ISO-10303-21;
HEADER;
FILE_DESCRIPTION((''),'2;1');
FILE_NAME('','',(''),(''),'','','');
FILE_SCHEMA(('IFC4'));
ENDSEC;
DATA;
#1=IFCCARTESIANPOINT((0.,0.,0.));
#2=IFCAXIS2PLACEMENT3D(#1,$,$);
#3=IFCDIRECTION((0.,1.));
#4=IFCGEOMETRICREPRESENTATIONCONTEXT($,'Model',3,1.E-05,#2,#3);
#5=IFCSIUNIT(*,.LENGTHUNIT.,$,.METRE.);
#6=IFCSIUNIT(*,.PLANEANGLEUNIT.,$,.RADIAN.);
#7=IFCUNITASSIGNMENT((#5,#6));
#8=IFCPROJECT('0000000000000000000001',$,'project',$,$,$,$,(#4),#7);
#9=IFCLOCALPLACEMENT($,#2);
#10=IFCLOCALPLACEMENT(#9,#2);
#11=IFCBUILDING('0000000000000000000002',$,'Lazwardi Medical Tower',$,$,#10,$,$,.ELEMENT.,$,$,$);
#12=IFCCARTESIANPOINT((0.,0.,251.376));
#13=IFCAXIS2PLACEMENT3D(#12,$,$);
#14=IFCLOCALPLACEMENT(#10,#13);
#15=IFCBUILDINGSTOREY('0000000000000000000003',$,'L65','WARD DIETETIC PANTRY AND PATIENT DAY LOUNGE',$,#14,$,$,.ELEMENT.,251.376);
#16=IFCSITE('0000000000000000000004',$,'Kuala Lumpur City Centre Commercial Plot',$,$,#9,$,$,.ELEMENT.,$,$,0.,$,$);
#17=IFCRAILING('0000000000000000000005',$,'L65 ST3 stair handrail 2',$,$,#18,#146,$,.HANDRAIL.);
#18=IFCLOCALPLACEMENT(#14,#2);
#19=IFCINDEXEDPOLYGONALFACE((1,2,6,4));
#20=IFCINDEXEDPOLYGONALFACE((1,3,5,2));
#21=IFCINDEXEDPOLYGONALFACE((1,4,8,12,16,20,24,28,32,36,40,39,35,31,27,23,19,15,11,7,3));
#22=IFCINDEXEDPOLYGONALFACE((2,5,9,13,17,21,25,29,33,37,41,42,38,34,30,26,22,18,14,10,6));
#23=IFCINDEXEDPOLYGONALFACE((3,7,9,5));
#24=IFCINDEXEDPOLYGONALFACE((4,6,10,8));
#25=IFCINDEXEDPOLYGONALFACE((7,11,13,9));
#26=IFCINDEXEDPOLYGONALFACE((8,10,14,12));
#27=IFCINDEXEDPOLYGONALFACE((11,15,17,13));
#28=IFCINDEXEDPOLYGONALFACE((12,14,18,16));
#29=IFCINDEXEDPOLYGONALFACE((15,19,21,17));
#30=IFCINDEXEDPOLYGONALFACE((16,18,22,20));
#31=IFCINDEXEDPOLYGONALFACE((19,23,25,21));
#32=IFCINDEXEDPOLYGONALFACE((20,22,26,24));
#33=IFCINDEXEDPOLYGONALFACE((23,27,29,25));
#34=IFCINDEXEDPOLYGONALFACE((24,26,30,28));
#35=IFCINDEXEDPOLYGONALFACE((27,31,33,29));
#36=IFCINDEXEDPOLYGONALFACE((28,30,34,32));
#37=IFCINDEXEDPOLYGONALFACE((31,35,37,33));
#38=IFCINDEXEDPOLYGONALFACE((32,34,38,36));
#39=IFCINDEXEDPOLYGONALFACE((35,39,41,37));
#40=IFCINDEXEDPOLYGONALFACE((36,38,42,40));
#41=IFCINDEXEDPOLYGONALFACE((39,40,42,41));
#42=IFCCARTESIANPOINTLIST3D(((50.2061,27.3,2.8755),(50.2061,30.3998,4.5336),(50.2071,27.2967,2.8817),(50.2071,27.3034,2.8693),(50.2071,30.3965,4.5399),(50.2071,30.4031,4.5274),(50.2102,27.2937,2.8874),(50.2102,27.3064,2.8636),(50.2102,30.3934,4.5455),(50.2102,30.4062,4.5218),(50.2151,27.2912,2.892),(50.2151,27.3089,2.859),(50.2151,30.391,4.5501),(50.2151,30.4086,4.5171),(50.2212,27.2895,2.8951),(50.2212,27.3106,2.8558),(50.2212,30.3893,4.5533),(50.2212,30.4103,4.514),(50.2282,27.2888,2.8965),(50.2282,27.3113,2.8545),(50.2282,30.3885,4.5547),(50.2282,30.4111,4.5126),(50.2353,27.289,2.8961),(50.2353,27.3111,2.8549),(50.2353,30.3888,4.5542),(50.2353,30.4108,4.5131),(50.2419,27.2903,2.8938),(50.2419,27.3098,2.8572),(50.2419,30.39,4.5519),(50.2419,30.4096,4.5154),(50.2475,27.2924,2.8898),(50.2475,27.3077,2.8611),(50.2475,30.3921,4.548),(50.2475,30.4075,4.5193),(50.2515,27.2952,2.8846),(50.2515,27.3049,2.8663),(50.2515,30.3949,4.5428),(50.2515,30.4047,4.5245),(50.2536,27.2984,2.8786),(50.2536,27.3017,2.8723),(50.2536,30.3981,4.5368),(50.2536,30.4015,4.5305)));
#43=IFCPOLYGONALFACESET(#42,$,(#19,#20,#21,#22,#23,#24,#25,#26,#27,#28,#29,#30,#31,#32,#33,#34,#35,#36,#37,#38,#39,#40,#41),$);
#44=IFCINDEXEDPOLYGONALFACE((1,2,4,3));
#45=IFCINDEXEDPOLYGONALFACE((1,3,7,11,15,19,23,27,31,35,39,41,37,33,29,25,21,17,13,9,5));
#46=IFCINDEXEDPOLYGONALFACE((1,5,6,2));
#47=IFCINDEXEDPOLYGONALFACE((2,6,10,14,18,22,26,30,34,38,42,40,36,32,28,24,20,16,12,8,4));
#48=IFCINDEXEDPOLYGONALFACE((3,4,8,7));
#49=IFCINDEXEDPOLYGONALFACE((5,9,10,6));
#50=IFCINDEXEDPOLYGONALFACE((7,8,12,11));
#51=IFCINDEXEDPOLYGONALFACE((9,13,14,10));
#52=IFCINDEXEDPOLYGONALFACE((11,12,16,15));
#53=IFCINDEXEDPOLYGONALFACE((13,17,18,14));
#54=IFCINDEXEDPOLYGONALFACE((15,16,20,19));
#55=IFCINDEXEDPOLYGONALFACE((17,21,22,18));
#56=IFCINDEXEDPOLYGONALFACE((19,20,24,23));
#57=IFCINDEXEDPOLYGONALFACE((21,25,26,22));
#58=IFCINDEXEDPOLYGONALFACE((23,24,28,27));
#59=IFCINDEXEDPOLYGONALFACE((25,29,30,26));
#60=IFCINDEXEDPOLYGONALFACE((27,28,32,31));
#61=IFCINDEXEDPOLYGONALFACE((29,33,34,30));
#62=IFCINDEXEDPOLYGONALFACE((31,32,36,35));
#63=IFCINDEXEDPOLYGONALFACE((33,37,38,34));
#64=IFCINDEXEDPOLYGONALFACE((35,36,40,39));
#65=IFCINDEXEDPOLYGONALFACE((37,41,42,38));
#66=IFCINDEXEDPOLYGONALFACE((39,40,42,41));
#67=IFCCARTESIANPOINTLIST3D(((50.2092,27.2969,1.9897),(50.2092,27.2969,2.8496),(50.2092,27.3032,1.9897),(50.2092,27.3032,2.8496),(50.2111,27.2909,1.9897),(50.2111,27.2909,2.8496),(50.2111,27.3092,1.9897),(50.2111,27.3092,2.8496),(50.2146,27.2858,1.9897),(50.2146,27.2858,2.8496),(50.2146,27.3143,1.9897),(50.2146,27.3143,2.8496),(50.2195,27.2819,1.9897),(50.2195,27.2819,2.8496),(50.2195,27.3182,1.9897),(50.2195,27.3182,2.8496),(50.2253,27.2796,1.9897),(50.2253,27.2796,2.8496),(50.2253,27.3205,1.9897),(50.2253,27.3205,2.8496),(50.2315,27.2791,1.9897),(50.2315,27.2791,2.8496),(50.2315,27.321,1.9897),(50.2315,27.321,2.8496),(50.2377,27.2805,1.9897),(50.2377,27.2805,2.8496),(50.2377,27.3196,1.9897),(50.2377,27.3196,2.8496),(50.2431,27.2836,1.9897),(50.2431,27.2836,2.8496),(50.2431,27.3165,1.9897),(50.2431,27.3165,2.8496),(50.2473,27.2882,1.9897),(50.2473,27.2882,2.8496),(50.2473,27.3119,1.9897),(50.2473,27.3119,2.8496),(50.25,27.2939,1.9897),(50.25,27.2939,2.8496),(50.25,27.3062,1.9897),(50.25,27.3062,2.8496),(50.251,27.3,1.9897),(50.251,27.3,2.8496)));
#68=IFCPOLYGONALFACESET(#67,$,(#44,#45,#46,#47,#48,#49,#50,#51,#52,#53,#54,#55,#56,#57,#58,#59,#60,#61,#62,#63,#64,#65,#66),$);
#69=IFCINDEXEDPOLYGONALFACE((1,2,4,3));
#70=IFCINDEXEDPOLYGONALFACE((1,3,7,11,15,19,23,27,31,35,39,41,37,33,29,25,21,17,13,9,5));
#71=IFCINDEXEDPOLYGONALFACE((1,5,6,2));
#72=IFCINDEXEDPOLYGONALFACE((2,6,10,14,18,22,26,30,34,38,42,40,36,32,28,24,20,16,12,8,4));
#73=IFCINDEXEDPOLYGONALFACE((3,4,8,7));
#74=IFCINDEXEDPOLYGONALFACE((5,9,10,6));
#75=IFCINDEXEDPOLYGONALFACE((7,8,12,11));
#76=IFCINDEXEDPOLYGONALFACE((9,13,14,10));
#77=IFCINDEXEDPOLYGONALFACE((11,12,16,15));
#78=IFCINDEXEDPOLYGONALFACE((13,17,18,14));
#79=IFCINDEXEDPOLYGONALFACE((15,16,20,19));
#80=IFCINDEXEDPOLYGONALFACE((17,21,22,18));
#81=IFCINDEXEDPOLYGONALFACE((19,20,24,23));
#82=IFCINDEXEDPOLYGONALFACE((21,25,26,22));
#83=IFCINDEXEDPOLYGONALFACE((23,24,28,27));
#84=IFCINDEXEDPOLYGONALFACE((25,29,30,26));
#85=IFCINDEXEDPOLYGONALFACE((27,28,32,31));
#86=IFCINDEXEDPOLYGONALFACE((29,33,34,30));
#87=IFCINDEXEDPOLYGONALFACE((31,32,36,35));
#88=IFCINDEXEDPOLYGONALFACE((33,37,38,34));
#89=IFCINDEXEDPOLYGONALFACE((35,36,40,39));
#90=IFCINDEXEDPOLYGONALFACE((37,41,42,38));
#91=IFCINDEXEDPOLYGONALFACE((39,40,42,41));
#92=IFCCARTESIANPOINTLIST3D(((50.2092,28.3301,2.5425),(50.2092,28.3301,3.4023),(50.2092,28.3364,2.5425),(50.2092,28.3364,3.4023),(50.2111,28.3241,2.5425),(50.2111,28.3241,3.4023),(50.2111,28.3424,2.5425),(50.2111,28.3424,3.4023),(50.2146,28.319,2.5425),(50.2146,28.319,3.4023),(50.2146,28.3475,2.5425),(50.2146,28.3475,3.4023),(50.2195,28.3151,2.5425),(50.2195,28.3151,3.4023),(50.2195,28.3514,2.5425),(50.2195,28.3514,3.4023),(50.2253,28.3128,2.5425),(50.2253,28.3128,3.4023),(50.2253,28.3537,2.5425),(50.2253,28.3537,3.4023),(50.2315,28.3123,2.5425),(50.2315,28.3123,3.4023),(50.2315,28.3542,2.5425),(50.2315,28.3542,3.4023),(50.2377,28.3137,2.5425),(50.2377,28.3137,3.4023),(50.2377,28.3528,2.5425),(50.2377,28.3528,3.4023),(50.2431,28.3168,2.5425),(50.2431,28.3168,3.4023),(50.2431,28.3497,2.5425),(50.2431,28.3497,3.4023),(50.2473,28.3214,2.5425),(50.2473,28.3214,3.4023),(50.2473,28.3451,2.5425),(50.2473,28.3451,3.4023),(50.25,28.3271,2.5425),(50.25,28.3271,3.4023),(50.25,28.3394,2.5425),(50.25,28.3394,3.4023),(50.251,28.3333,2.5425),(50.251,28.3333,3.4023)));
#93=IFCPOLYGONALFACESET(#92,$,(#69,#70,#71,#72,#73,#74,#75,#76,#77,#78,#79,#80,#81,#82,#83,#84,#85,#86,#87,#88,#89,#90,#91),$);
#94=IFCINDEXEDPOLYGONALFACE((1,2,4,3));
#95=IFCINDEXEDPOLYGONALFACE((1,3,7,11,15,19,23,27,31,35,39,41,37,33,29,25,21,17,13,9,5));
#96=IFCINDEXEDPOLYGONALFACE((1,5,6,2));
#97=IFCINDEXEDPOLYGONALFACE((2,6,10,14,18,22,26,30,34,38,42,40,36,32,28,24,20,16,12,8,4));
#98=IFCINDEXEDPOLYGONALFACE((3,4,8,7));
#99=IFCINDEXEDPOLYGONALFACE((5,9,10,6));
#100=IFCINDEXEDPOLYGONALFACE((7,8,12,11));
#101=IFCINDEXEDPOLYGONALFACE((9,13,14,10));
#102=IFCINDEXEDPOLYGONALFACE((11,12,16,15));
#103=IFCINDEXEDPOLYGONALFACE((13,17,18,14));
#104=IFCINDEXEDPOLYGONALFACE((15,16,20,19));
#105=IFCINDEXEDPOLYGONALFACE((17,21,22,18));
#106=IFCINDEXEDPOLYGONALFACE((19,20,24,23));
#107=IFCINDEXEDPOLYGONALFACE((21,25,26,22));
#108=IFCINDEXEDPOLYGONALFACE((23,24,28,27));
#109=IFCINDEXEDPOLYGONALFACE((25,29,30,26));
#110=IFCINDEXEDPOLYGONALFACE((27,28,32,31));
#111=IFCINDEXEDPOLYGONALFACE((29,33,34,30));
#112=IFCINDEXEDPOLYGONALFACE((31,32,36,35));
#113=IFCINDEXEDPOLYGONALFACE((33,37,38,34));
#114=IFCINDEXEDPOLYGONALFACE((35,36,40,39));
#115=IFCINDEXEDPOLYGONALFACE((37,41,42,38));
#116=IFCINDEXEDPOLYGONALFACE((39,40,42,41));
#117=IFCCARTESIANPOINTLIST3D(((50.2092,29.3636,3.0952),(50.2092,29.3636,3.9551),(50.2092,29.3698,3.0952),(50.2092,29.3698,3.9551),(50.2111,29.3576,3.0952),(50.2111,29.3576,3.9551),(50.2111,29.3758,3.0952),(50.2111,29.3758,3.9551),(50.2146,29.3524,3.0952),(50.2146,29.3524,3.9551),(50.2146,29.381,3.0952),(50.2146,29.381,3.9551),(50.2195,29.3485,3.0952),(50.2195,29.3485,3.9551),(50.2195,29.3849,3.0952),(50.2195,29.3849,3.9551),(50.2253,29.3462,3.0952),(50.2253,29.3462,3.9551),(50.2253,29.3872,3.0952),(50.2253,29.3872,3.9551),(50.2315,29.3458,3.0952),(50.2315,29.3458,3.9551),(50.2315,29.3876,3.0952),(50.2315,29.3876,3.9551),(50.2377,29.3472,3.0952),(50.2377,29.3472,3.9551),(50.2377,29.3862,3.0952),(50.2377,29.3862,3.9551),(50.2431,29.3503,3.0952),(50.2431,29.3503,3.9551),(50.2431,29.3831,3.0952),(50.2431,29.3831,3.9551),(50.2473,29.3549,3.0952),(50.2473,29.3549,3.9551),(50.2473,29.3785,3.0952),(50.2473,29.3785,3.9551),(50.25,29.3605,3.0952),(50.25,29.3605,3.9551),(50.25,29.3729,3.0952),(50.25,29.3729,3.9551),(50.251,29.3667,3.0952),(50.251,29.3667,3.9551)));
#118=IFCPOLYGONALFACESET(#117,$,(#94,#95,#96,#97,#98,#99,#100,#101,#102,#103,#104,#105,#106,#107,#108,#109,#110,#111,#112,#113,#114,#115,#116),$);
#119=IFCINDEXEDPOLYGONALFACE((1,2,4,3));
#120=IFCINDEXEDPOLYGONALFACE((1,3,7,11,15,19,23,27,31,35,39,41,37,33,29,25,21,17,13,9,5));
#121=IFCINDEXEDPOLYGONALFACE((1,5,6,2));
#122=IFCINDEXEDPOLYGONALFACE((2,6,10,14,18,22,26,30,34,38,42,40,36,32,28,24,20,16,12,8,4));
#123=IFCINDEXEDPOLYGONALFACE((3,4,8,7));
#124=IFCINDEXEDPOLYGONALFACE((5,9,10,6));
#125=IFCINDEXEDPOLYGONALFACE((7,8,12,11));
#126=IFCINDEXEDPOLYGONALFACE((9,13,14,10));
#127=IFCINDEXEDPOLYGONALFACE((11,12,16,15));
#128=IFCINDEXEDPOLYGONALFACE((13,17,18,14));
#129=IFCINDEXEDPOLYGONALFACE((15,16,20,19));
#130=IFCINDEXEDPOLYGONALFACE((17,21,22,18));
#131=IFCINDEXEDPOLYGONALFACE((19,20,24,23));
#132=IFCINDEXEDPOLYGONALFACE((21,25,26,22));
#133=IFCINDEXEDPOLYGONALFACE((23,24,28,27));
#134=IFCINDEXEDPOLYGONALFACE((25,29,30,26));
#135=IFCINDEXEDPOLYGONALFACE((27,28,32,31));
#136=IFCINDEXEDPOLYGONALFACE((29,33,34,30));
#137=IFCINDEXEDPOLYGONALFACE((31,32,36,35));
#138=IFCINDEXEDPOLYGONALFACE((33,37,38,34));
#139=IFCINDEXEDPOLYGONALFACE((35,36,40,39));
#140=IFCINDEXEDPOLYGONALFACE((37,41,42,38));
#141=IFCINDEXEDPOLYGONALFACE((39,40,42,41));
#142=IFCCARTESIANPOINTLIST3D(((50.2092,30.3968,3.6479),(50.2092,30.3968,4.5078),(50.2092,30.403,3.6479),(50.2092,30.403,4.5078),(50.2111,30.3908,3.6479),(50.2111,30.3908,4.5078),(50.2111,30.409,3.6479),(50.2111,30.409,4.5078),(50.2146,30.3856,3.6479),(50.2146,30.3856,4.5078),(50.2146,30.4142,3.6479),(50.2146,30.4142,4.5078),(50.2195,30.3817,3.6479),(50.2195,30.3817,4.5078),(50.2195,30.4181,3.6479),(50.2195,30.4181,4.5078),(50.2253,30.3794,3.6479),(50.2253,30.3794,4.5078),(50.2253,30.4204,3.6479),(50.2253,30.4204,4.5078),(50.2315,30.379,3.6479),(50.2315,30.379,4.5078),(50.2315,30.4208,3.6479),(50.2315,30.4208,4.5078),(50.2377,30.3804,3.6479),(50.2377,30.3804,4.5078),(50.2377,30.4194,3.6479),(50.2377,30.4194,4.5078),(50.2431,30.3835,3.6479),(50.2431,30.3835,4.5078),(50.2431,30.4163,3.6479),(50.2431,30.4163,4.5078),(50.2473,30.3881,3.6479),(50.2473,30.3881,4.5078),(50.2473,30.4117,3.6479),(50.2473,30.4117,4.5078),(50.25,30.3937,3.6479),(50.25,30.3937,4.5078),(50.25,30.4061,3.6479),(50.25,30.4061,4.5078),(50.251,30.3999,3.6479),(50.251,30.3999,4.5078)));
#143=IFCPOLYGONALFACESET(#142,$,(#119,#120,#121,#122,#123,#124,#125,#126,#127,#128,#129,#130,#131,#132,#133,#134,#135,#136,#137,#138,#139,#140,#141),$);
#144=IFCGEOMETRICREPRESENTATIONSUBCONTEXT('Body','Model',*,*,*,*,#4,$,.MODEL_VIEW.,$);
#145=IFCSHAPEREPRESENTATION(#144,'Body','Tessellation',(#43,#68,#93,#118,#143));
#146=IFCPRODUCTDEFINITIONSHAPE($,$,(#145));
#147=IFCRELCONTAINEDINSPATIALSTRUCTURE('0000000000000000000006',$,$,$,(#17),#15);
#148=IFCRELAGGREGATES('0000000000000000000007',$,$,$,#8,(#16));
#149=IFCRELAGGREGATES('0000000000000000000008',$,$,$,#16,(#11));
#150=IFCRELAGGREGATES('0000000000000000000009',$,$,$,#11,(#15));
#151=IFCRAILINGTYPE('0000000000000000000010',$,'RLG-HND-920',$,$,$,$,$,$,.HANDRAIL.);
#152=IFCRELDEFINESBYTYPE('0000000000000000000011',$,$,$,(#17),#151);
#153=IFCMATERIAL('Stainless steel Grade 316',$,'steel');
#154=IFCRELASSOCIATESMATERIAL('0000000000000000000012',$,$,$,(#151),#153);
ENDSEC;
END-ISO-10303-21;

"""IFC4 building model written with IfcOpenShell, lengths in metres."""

from ifc_helpers import new_model, si_unit, direction, frame, origin, origin_2d, place, context, subcontext, project, spatial, circle, extrude, material, type_object, element, save


model = new_model("IFC4")

# Units and contexts
model_context = context("Model", 3, precision=1e-05, world=origin(), true_north=direction((0.0, 1.0)))
body_context = subcontext(model_context, "Body", "Model", "MODEL_VIEW")
ifc_project = project(units=[si_unit("LENGTHUNIT", "METRE"), si_unit("PLANEANGLEUNIT", "RADIAN")], contexts=[model_context])

# Site, building, storey
site_placement = place(None, origin())
site = spatial("IfcSite", under=ifc_project, at=site_placement, Name="Kuala Lumpur City Centre Commercial Plot", CompositionType="ELEMENT", RefElevation=0.0)
building_placement = place(site_placement, origin())
building = spatial("IfcBuilding", under=site, at=building_placement, Name="Lazwardi Medical Tower", CompositionType="ELEMENT")
storey_placement = place(building_placement, frame((0.0, 0.0, 251.376)))
storey = spatial("IfcBuildingStorey", under=building, at=storey_placement, Name="L65", Description="WARD DIETETIC PANTRY AND PATIENT DAY LOUNGE", CompositionType="ELEMENT", Elevation=251.376)

# Railing
ifc_material_1 = material(Name="Stainless steel Grade 316", Category="steel")
railing_type_1 = type_object("IfcRailingType", Name="RLG-HND-920", PredefinedType="HANDRAIL", material=ifc_material_1)
railing_1_placement = place(storey_placement, frame((50.23, 27.3, 1.9897)))
element("IfcRailing", 1, at=railing_1_placement, inside=storey, type_object=railing_type_1, Name="L65 ST3 stair handrail 2", PredefinedType="HANDRAIL", context=body_context, shape_type="SweptSolid", body=[
    extrude(circle(Radius=0.0239, at=origin_2d()), frame((0.0, 0.0, 0.8857), z_axis=(0.0, 0.881768, 0.471684), x_axis=(-1.0, 0.0, 0.0)), (0.0, 0.0, 1.0), 3.5154),
    extrude(circle(Radius=0.021, at=origin_2d()), origin(), (0.0, 0.0, 1.0), 0.8599),
    extrude(circle(Radius=0.021, at=origin_2d()), frame((0.0, 1.0332, 0.5527)), (0.0, 0.0, 1.0), 0.8599),
    extrude(circle(Radius=0.021, at=origin_2d()), frame((0.0, 2.0667, 1.1055)), (0.0, 0.0, 1.0), 0.8599),
    extrude(circle(Radius=0.021, at=origin_2d()), frame((0.0, 3.0999, 1.6582)), (0.0, 0.0, 1.0), 0.8599),
])

save(model, "model.ifc")
